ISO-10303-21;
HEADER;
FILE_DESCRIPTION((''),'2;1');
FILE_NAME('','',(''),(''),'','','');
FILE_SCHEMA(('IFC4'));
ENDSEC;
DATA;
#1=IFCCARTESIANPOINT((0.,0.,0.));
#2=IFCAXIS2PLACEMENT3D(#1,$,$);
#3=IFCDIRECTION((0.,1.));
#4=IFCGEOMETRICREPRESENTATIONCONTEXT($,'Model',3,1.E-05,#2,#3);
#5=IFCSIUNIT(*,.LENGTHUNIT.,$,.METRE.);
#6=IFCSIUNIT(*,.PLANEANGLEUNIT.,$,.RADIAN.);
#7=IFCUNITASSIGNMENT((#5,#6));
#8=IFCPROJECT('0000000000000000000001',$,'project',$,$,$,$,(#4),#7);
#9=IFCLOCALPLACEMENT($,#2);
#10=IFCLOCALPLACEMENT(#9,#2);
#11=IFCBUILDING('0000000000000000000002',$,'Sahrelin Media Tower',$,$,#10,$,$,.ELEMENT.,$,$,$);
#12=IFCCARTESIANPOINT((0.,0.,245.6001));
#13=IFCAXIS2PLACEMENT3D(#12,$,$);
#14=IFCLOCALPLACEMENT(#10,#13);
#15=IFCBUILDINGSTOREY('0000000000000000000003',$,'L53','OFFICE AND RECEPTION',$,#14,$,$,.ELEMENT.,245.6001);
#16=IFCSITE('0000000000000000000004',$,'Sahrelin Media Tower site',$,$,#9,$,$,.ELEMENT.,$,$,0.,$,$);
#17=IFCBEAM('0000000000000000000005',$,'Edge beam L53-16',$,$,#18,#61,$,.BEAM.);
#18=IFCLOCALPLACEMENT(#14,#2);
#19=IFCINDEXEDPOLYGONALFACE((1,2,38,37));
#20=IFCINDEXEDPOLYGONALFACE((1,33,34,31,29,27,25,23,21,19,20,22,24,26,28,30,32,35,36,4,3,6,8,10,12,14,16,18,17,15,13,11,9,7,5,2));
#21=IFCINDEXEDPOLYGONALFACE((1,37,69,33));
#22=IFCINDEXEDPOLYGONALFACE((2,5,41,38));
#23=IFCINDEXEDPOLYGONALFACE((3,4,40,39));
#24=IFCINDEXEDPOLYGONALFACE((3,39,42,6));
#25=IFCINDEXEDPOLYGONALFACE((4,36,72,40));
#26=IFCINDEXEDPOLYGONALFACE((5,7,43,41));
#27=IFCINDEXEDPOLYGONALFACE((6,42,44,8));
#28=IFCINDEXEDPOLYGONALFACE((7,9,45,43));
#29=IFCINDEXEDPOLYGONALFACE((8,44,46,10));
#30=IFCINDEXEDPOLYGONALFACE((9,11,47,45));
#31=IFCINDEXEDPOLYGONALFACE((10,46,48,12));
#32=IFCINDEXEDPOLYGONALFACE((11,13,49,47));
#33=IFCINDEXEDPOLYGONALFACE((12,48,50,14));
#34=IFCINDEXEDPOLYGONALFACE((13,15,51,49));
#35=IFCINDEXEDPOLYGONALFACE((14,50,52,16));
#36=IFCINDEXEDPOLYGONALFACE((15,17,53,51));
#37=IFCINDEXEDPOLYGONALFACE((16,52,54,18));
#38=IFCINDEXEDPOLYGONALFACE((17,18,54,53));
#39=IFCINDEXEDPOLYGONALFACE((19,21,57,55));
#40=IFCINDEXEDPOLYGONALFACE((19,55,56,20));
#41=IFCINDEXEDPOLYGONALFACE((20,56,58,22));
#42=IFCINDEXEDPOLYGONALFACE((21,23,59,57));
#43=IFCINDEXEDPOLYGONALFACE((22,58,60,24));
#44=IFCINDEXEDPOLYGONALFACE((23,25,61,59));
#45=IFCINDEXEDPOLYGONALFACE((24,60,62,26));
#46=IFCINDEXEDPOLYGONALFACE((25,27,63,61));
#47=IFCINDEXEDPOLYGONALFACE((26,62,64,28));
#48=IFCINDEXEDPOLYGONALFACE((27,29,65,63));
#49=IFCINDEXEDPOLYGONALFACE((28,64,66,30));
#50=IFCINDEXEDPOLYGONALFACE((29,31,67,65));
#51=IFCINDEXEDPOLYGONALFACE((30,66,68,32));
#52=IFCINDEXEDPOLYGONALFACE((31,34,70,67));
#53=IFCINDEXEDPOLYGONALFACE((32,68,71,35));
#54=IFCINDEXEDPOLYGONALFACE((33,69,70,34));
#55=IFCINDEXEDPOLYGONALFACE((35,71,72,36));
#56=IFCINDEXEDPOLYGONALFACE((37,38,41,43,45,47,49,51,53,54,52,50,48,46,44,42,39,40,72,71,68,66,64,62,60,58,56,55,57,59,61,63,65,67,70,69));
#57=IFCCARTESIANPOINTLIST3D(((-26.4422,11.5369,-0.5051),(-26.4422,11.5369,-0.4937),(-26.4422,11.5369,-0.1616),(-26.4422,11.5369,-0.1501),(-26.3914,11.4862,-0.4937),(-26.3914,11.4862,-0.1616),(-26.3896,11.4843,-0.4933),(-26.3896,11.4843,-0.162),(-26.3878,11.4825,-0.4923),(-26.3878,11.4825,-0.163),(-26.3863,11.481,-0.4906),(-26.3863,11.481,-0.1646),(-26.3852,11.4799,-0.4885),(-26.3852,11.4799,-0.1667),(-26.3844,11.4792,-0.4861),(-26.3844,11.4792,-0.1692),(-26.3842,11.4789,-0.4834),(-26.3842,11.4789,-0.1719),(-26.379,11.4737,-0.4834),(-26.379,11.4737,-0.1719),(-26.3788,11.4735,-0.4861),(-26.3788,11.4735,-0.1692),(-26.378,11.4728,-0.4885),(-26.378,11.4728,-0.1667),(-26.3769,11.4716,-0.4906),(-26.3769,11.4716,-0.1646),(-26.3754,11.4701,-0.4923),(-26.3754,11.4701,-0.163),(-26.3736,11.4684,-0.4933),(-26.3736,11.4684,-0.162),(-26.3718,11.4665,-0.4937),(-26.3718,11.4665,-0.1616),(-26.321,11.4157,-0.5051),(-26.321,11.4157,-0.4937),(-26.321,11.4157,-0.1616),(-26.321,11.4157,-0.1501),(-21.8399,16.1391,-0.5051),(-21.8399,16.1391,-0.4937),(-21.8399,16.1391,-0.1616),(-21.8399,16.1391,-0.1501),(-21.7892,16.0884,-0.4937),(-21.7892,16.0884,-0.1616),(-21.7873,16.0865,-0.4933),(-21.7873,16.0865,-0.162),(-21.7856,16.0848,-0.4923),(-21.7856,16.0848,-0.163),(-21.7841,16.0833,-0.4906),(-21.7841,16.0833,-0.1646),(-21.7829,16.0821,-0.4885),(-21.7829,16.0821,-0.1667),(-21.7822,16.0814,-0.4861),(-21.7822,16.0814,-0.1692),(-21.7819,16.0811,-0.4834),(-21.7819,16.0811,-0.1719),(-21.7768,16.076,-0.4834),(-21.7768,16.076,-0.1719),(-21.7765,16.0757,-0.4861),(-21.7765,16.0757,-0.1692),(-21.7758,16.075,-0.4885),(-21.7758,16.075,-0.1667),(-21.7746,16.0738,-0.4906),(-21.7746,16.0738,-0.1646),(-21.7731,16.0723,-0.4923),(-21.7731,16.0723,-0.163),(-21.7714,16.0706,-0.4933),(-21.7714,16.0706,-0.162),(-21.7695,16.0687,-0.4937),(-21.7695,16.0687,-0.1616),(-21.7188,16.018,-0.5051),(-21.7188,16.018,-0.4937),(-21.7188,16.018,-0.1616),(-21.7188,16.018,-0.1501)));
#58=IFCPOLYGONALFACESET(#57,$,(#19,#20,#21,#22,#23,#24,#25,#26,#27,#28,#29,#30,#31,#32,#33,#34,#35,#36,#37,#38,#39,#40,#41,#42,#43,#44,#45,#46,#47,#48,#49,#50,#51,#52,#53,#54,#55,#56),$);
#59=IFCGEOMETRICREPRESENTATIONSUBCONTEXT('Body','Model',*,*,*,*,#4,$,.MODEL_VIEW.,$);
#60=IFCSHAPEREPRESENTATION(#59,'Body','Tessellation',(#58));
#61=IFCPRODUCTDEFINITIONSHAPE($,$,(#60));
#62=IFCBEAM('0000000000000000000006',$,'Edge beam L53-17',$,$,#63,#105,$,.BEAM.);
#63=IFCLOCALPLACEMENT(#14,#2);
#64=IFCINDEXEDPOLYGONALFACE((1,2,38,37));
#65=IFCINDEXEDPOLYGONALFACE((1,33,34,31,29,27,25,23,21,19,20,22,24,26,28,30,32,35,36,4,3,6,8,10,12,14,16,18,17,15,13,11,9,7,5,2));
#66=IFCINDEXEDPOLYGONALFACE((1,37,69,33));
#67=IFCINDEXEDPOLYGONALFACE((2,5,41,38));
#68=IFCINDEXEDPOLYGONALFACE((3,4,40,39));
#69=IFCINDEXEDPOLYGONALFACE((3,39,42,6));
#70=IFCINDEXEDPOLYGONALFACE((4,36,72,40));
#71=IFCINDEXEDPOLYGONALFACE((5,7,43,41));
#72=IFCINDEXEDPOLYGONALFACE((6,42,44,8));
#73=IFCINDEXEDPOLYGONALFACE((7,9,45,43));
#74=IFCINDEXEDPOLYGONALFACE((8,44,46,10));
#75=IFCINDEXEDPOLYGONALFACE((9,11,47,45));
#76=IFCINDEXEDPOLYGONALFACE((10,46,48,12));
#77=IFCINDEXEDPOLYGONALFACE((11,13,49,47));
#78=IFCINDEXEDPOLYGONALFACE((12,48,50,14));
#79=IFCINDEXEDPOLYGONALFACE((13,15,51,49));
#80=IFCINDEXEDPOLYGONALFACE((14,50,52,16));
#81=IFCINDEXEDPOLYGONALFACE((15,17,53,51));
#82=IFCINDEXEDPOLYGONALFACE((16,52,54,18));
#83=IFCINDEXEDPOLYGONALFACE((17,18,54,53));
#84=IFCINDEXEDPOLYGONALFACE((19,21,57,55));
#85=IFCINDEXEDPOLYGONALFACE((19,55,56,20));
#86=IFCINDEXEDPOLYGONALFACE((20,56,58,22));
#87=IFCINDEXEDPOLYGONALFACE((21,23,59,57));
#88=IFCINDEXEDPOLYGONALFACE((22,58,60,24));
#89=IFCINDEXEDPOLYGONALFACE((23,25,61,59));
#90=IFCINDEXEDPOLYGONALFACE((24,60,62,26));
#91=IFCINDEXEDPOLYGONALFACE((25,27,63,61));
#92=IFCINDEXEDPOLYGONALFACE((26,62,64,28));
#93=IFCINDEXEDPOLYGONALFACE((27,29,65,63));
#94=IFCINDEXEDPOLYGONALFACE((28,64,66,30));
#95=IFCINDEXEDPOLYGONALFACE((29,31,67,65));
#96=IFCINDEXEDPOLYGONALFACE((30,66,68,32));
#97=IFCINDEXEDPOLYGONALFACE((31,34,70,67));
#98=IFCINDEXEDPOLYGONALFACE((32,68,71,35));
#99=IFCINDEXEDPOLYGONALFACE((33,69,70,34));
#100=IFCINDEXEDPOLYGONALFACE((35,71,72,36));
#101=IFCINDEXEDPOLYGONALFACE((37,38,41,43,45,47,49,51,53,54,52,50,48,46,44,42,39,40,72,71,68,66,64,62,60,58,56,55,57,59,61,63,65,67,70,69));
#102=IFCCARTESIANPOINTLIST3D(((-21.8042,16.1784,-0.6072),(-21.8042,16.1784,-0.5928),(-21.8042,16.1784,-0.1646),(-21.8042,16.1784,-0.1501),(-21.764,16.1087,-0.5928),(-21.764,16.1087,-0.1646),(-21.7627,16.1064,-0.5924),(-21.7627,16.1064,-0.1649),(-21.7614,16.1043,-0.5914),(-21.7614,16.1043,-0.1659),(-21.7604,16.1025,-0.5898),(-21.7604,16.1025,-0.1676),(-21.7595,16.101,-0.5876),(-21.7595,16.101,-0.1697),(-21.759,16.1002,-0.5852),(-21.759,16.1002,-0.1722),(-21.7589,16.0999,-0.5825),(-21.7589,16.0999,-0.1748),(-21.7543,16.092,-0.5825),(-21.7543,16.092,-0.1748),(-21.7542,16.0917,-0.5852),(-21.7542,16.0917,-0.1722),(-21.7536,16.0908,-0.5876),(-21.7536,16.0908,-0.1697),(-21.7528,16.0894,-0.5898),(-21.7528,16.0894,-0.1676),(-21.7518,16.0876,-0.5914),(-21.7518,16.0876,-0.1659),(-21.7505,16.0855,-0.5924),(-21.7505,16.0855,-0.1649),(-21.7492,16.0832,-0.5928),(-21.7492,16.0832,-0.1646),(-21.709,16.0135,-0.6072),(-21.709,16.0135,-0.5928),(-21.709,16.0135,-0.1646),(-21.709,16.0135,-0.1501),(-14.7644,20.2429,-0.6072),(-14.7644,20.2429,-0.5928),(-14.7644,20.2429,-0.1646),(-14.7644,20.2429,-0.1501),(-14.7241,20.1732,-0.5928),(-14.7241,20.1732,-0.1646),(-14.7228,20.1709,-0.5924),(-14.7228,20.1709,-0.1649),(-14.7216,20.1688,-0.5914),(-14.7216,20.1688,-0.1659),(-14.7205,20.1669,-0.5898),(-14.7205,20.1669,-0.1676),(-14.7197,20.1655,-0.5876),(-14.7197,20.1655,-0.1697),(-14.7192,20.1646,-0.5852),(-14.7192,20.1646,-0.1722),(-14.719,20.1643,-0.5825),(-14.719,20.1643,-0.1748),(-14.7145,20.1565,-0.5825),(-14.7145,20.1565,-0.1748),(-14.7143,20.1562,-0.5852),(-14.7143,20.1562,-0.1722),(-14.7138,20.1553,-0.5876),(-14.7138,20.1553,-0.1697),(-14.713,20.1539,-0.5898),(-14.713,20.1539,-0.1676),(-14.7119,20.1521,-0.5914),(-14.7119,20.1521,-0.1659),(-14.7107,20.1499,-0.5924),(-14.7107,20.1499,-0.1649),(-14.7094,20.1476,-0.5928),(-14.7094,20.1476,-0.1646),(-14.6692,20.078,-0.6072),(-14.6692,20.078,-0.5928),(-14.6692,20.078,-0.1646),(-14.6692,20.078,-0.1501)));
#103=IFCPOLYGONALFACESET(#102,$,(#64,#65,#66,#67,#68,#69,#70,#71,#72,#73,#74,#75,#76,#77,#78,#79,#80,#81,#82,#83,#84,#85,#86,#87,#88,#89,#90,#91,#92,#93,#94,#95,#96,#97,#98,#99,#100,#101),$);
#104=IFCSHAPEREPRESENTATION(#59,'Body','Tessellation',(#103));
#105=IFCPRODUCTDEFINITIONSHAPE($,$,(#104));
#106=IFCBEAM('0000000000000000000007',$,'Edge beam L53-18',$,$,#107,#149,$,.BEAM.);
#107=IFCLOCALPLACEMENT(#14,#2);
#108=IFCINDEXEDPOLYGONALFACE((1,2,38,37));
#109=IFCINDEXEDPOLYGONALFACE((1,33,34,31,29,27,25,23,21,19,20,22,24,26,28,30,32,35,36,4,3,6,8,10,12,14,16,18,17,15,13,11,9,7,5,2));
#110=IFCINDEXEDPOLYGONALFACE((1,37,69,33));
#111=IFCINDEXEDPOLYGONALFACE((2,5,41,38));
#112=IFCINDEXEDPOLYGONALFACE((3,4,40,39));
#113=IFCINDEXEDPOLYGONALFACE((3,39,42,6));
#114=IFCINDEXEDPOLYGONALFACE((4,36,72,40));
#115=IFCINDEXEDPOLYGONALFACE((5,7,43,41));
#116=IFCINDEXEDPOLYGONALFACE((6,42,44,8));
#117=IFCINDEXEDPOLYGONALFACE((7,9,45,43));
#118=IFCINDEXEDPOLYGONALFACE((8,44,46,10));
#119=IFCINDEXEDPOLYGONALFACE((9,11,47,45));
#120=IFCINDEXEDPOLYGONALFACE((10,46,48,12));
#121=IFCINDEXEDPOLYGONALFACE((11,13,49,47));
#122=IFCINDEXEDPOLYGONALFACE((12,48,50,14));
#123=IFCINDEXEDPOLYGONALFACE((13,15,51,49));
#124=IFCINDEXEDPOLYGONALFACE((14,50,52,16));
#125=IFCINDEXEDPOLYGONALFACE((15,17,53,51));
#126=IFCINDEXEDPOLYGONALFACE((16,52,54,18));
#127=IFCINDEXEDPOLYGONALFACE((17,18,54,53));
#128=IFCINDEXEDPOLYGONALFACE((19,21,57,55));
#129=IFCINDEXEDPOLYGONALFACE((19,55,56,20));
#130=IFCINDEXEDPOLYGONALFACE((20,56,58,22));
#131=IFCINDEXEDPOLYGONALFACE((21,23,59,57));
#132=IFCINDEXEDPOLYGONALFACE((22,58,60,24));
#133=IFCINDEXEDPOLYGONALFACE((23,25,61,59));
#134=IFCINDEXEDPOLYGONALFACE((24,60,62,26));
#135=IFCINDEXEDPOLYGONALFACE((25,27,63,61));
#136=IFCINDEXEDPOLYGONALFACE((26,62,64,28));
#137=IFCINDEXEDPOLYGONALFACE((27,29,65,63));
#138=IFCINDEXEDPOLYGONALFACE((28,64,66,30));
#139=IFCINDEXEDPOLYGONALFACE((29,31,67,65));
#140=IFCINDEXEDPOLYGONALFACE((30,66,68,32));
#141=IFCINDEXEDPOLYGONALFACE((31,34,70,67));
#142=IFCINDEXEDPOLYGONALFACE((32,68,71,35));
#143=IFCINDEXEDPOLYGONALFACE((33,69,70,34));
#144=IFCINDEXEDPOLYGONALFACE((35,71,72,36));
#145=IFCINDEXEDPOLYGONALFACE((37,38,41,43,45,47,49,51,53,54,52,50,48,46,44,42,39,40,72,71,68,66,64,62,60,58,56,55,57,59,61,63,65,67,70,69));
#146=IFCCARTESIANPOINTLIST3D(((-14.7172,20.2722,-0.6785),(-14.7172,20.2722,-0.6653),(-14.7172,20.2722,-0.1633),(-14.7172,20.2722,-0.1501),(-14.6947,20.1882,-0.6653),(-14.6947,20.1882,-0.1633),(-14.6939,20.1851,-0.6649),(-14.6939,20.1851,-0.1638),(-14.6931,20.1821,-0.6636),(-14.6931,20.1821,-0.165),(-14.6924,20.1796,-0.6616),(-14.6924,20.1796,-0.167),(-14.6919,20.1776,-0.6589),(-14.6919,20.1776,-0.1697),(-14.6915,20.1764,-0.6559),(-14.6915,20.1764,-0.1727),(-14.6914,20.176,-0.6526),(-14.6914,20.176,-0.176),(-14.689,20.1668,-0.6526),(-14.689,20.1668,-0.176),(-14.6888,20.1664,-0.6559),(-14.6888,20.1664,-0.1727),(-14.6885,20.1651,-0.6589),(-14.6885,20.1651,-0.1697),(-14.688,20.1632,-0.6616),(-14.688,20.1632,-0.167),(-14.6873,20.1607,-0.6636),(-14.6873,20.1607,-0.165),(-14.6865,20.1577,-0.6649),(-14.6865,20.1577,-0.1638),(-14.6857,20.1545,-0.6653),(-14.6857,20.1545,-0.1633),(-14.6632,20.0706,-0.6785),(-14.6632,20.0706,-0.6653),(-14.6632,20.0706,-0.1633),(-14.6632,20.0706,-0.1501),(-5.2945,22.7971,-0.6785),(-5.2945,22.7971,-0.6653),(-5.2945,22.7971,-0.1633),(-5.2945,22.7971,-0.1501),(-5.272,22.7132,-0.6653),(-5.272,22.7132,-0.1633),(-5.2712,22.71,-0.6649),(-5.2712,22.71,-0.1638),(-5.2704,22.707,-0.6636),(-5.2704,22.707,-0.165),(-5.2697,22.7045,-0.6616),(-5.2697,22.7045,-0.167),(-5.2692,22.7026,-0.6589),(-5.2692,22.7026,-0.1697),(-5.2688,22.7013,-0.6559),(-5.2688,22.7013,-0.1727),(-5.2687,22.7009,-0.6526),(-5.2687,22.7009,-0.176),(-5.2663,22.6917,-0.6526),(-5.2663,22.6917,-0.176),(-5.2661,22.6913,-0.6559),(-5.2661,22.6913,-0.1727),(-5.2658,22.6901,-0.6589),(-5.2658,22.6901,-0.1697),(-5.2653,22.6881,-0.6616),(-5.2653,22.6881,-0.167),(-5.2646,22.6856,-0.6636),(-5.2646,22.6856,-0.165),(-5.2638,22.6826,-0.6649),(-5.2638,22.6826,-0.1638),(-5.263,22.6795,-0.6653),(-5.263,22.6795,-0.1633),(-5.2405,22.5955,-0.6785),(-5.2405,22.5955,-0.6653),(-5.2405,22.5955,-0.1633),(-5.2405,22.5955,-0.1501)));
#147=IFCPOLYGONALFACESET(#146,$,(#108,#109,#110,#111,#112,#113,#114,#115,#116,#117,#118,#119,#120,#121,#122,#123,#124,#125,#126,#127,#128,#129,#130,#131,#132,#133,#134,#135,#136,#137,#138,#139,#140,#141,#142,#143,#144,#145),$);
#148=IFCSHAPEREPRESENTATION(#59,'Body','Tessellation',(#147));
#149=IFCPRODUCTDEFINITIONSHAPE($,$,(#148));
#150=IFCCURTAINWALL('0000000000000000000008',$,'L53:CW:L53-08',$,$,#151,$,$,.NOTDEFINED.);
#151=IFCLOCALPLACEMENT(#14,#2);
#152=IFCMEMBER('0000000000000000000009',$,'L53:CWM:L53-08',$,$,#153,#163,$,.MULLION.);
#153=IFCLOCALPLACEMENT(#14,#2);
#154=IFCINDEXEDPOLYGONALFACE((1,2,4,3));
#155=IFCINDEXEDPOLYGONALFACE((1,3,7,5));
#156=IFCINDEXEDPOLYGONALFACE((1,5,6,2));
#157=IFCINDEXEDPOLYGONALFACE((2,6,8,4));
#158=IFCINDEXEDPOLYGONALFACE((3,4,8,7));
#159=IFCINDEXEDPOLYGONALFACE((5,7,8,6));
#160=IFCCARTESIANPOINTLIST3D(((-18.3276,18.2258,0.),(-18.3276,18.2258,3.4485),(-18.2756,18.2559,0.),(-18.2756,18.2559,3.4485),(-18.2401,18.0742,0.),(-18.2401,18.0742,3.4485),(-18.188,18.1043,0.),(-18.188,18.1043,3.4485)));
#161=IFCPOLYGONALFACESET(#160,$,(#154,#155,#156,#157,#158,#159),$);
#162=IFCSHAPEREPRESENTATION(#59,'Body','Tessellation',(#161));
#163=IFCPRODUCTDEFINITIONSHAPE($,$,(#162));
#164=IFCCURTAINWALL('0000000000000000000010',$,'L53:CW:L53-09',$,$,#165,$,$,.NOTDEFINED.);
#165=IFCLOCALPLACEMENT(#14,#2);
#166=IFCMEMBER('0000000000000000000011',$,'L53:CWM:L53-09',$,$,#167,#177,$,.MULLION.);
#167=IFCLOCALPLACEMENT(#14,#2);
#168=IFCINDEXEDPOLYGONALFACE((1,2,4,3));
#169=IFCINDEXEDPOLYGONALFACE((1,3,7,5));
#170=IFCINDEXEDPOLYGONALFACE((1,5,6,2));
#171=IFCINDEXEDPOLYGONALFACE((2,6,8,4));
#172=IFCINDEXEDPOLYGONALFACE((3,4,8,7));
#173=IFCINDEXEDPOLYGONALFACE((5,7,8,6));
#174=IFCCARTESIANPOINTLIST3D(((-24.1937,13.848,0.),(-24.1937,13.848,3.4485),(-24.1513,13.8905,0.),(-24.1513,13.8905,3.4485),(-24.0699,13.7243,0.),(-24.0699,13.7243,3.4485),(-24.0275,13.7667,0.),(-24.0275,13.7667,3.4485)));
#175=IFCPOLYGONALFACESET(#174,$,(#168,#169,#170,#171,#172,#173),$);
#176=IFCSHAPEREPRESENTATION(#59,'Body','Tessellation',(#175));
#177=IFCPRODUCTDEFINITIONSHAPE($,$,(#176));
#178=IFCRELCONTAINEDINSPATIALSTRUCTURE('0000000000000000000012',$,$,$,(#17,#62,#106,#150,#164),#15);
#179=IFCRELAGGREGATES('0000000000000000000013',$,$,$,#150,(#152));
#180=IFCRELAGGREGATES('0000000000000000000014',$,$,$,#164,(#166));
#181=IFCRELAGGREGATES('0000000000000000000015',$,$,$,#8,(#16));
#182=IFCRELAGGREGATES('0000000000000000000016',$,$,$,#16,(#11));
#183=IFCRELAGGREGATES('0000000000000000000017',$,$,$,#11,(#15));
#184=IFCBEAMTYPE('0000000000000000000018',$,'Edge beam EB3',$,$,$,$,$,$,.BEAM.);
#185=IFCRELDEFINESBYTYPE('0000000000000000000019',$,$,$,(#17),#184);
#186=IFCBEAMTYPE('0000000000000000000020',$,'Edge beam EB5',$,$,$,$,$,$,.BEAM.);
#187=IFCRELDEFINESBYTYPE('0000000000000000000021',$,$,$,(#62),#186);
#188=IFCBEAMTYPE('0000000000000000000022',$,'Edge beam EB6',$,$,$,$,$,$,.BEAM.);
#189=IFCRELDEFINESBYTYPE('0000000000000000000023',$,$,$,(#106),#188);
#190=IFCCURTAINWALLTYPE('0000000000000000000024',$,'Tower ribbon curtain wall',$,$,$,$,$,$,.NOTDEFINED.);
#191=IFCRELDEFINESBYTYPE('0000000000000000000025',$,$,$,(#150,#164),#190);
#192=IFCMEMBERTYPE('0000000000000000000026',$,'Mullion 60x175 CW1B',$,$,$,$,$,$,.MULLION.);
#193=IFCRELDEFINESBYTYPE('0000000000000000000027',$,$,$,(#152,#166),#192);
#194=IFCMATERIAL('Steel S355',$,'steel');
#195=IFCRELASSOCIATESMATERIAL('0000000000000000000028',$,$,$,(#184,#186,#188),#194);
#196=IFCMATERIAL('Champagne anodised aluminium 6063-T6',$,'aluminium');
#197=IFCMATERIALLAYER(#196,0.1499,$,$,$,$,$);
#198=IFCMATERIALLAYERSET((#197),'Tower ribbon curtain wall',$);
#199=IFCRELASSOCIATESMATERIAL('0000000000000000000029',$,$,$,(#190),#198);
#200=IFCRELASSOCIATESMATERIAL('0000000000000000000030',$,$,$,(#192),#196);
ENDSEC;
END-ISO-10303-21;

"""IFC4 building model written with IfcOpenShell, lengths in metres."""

from ifc_helpers import new_model, si_unit, direction, frame, origin, origin_2d, place, context, subcontext, project, spatial, rectangle, i_section, extrude, material, layer, layer_set, material_profile, profile_set, type_object, element, aggregate, save


model = new_model("IFC4")

# Units and contexts
model_context = context("Model", 3, precision=1e-05, world=origin(), true_north=direction((0.0, 1.0)))
body_context = subcontext(model_context, "Body", "Model", "MODEL_VIEW")
ifc_project = project(units=[si_unit("LENGTHUNIT", "METRE"), si_unit("PLANEANGLEUNIT", "RADIAN")], contexts=[model_context])

# Site, building, storey
site_placement = place(None, origin())
site = spatial("IfcSite", under=ifc_project, at=site_placement, Name="Sahrelin Media Tower site", CompositionType="ELEMENT", RefElevation=0.0)
building_placement = place(site_placement, origin())
building = spatial("IfcBuilding", under=site, at=building_placement, Name="Sahrelin Media Tower", CompositionType="ELEMENT")
storey_placement = place(building_placement, frame((0.0, 0.0, 245.6001)))
storey = spatial("IfcBuildingStorey", under=building, at=storey_placement, Name="L53", Description="OFFICE AND RECEPTION", CompositionType="ELEMENT", Elevation=245.6001)

# Beams
ifc_material_1 = material(Name="Steel S355", Category="steel")
ifc_material_profile_1 = material_profile(ifc_material_1, i_section(OverallWidth=0.1714, OverallDepth=0.355, WebThickness=0.0073, FlangeThickness=0.0115, FilletRadius=0.0103, at=origin_2d()), Name="UB 356x171x51")
ifc_profile_set_1 = profile_set([ifc_material_profile_1], Name="Steel S355")
beam_type_1 = type_object("IfcBeamType", Name="Edge beam EB3", PredefinedType="BEAM", material=ifc_profile_set_1)
beam_1_placement = place(storey_placement, frame((-26.3816, 11.4763, -0.3276), z_axis=(0.707107, 0.707107, 0.0), x_axis=(-0.707107, 0.707107, 0.0)))
element("IfcBeam", 1, at=beam_1_placement, inside=storey, type_object=beam_type_1, Name="Edge beam L53-16", PredefinedType="BEAM", context=body_context, shape_type="SweptSolid", body=[
    extrude(i_section(OverallWidth=0.1714, OverallDepth=0.355, WebThickness=0.0073, FlangeThickness=0.0115, FilletRadius=0.0103, at=origin_2d()), origin(), (0.0, 0.0, 1.0), 6.5085),
])
ifc_material_profile_2 = material_profile(ifc_material_1, i_section(OverallWidth=0.1904, OverallDepth=0.457, WebThickness=0.009, FlangeThickness=0.0144, FilletRadius=0.0103, at=origin_2d()), Name="UB 457x191x74")
ifc_profile_set_2 = profile_set([ifc_material_profile_2], Name="Steel S355")
beam_type_2 = type_object("IfcBeamType", Name="Edge beam EB5", PredefinedType="BEAM", material=ifc_profile_set_2)
beam_2_placement = place(storey_placement, frame((-21.7566, 16.0959, -0.3787), z_axis=(0.866024, 0.500002, 0.0), x_axis=(-0.500002, 0.866024, 0.0)))
element("IfcBeam", 2, at=beam_2_placement, inside=storey, type_object=beam_type_2, Name="Edge beam L53-17", PredefinedType="BEAM", context=body_context, shape_type="SweptSolid", body=[
    extrude(i_section(OverallWidth=0.1904, OverallDepth=0.457, WebThickness=0.009, FlangeThickness=0.0144, FilletRadius=0.0103, at=origin_2d()), origin(), (0.0, 0.0, 1.0), 8.1289),
])
ifc_material_profile_3 = material_profile(ifc_material_1, i_section(OverallWidth=0.2087, OverallDepth=0.5283, WebThickness=0.0095, FlangeThickness=0.0132, FilletRadius=0.0127, at=origin_2d()), Name="UB 533x210x82")
ifc_profile_set_3 = profile_set([ifc_material_profile_3], Name="Steel S355")
beam_type_3 = type_object("IfcBeamType", Name="Edge beam EB6", PredefinedType="BEAM", material=ifc_profile_set_3)
beam_3_placement = place(storey_placement, frame((-14.6902, 20.1714, -0.4143), z_axis=(0.965923, 0.258831, 0.0), x_axis=(-0.258831, 0.965923, 0.0)))
element("IfcBeam", 3, at=beam_3_placement, inside=storey, type_object=beam_type_3, Name="Edge beam L53-18", PredefinedType="BEAM", context=body_context, shape_type="SweptSolid", body=[
    extrude(i_section(OverallWidth=0.2087, OverallDepth=0.5283, WebThickness=0.0095, FlangeThickness=0.0132, FilletRadius=0.0127, at=origin_2d()), origin(), (0.0, 0.0, 1.0), 9.7551),
])

# Curtain walls, members
ifc_material_2 = material(Name="Champagne anodised aluminium 6063-T6", Category="aluminium")
ifc_layer_1 = layer(ifc_material_2, 0.1499)
ifc_layer_set_1 = layer_set([ifc_layer_1], Name="Tower ribbon curtain wall")
curtain_wall_type = type_object("IfcCurtainWallType", Name="Tower ribbon curtain wall", PredefinedType="NOTDEFINED", material=ifc_layer_set_1)
curtain_wall_1_placement = place(storey_placement, frame((-18.3115, 18.2581, 0.0), z_axis=(0.0, 0.0, 1.0), x_axis=(1.0, 0.0, 0.0)))
curtain_wall_1 = element("IfcCurtainWall", 4, at=curtain_wall_1_placement, inside=storey, type_object=curtain_wall_type, Name="L53:CW:L53-08", PredefinedType="NOTDEFINED")
ifc_material_profile_4 = material_profile(ifc_material_2, rectangle(XDim=0.0601, YDim=0.175, at=origin_2d()), Name="Mullion 60x175")
ifc_profile_set_4 = profile_set([ifc_material_profile_4], Name="Champagne anodised aluminium 6063-T6")
member_type_1 = type_object("IfcMemberType", Name="Mullion 60x175 CW1B", PredefinedType="MULLION", material=ifc_profile_set_4)
member_1_placement = place(storey_placement, frame((-18.2578, 18.165, 0.0), z_axis=(0.0, 0.0, 1.0), x_axis=(-0.866027, -0.499997, 0.0)))
member_1 = element("IfcMember", 5, at=member_1_placement, type_object=member_type_1, Name="L53:CWM:L53-08", PredefinedType="MULLION", context=body_context, shape_type="SweptSolid", body=[
    extrude(rectangle(XDim=0.0601, YDim=0.175, at=origin_2d()), origin(), (0.0, 0.0, 1.0), 3.4485),
])
curtain_wall_2_placement = place(storey_placement, frame((-24.1865, 13.8835, 0.0), z_axis=(0.0, 0.0, 1.0), x_axis=(1.0, 0.0, 0.0)))
curtain_wall_2 = element("IfcCurtainWall", 6, at=curtain_wall_2_placement, inside=storey, type_object=curtain_wall_type, Name="L53:CW:L53-09", PredefinedType="NOTDEFINED")
member_2_placement = place(storey_placement, frame((-24.1106, 13.8074, 0.0), z_axis=(0.0, 0.0, 1.0), x_axis=(-0.707107, -0.707107, 0.0)))
member_2 = element("IfcMember", 7, at=member_2_placement, type_object=member_type_1, Name="L53:CWM:L53-09", PredefinedType="MULLION", context=body_context, shape_type="SweptSolid", body=[
    extrude(rectangle(XDim=0.0601, YDim=0.175, at=origin_2d()), origin(), (0.0, 0.0, 1.0), 3.4485),
])

aggregate(curtain_wall_1, [member_1])
aggregate(curtain_wall_2, [member_2])

save(model, "model.ifc")
